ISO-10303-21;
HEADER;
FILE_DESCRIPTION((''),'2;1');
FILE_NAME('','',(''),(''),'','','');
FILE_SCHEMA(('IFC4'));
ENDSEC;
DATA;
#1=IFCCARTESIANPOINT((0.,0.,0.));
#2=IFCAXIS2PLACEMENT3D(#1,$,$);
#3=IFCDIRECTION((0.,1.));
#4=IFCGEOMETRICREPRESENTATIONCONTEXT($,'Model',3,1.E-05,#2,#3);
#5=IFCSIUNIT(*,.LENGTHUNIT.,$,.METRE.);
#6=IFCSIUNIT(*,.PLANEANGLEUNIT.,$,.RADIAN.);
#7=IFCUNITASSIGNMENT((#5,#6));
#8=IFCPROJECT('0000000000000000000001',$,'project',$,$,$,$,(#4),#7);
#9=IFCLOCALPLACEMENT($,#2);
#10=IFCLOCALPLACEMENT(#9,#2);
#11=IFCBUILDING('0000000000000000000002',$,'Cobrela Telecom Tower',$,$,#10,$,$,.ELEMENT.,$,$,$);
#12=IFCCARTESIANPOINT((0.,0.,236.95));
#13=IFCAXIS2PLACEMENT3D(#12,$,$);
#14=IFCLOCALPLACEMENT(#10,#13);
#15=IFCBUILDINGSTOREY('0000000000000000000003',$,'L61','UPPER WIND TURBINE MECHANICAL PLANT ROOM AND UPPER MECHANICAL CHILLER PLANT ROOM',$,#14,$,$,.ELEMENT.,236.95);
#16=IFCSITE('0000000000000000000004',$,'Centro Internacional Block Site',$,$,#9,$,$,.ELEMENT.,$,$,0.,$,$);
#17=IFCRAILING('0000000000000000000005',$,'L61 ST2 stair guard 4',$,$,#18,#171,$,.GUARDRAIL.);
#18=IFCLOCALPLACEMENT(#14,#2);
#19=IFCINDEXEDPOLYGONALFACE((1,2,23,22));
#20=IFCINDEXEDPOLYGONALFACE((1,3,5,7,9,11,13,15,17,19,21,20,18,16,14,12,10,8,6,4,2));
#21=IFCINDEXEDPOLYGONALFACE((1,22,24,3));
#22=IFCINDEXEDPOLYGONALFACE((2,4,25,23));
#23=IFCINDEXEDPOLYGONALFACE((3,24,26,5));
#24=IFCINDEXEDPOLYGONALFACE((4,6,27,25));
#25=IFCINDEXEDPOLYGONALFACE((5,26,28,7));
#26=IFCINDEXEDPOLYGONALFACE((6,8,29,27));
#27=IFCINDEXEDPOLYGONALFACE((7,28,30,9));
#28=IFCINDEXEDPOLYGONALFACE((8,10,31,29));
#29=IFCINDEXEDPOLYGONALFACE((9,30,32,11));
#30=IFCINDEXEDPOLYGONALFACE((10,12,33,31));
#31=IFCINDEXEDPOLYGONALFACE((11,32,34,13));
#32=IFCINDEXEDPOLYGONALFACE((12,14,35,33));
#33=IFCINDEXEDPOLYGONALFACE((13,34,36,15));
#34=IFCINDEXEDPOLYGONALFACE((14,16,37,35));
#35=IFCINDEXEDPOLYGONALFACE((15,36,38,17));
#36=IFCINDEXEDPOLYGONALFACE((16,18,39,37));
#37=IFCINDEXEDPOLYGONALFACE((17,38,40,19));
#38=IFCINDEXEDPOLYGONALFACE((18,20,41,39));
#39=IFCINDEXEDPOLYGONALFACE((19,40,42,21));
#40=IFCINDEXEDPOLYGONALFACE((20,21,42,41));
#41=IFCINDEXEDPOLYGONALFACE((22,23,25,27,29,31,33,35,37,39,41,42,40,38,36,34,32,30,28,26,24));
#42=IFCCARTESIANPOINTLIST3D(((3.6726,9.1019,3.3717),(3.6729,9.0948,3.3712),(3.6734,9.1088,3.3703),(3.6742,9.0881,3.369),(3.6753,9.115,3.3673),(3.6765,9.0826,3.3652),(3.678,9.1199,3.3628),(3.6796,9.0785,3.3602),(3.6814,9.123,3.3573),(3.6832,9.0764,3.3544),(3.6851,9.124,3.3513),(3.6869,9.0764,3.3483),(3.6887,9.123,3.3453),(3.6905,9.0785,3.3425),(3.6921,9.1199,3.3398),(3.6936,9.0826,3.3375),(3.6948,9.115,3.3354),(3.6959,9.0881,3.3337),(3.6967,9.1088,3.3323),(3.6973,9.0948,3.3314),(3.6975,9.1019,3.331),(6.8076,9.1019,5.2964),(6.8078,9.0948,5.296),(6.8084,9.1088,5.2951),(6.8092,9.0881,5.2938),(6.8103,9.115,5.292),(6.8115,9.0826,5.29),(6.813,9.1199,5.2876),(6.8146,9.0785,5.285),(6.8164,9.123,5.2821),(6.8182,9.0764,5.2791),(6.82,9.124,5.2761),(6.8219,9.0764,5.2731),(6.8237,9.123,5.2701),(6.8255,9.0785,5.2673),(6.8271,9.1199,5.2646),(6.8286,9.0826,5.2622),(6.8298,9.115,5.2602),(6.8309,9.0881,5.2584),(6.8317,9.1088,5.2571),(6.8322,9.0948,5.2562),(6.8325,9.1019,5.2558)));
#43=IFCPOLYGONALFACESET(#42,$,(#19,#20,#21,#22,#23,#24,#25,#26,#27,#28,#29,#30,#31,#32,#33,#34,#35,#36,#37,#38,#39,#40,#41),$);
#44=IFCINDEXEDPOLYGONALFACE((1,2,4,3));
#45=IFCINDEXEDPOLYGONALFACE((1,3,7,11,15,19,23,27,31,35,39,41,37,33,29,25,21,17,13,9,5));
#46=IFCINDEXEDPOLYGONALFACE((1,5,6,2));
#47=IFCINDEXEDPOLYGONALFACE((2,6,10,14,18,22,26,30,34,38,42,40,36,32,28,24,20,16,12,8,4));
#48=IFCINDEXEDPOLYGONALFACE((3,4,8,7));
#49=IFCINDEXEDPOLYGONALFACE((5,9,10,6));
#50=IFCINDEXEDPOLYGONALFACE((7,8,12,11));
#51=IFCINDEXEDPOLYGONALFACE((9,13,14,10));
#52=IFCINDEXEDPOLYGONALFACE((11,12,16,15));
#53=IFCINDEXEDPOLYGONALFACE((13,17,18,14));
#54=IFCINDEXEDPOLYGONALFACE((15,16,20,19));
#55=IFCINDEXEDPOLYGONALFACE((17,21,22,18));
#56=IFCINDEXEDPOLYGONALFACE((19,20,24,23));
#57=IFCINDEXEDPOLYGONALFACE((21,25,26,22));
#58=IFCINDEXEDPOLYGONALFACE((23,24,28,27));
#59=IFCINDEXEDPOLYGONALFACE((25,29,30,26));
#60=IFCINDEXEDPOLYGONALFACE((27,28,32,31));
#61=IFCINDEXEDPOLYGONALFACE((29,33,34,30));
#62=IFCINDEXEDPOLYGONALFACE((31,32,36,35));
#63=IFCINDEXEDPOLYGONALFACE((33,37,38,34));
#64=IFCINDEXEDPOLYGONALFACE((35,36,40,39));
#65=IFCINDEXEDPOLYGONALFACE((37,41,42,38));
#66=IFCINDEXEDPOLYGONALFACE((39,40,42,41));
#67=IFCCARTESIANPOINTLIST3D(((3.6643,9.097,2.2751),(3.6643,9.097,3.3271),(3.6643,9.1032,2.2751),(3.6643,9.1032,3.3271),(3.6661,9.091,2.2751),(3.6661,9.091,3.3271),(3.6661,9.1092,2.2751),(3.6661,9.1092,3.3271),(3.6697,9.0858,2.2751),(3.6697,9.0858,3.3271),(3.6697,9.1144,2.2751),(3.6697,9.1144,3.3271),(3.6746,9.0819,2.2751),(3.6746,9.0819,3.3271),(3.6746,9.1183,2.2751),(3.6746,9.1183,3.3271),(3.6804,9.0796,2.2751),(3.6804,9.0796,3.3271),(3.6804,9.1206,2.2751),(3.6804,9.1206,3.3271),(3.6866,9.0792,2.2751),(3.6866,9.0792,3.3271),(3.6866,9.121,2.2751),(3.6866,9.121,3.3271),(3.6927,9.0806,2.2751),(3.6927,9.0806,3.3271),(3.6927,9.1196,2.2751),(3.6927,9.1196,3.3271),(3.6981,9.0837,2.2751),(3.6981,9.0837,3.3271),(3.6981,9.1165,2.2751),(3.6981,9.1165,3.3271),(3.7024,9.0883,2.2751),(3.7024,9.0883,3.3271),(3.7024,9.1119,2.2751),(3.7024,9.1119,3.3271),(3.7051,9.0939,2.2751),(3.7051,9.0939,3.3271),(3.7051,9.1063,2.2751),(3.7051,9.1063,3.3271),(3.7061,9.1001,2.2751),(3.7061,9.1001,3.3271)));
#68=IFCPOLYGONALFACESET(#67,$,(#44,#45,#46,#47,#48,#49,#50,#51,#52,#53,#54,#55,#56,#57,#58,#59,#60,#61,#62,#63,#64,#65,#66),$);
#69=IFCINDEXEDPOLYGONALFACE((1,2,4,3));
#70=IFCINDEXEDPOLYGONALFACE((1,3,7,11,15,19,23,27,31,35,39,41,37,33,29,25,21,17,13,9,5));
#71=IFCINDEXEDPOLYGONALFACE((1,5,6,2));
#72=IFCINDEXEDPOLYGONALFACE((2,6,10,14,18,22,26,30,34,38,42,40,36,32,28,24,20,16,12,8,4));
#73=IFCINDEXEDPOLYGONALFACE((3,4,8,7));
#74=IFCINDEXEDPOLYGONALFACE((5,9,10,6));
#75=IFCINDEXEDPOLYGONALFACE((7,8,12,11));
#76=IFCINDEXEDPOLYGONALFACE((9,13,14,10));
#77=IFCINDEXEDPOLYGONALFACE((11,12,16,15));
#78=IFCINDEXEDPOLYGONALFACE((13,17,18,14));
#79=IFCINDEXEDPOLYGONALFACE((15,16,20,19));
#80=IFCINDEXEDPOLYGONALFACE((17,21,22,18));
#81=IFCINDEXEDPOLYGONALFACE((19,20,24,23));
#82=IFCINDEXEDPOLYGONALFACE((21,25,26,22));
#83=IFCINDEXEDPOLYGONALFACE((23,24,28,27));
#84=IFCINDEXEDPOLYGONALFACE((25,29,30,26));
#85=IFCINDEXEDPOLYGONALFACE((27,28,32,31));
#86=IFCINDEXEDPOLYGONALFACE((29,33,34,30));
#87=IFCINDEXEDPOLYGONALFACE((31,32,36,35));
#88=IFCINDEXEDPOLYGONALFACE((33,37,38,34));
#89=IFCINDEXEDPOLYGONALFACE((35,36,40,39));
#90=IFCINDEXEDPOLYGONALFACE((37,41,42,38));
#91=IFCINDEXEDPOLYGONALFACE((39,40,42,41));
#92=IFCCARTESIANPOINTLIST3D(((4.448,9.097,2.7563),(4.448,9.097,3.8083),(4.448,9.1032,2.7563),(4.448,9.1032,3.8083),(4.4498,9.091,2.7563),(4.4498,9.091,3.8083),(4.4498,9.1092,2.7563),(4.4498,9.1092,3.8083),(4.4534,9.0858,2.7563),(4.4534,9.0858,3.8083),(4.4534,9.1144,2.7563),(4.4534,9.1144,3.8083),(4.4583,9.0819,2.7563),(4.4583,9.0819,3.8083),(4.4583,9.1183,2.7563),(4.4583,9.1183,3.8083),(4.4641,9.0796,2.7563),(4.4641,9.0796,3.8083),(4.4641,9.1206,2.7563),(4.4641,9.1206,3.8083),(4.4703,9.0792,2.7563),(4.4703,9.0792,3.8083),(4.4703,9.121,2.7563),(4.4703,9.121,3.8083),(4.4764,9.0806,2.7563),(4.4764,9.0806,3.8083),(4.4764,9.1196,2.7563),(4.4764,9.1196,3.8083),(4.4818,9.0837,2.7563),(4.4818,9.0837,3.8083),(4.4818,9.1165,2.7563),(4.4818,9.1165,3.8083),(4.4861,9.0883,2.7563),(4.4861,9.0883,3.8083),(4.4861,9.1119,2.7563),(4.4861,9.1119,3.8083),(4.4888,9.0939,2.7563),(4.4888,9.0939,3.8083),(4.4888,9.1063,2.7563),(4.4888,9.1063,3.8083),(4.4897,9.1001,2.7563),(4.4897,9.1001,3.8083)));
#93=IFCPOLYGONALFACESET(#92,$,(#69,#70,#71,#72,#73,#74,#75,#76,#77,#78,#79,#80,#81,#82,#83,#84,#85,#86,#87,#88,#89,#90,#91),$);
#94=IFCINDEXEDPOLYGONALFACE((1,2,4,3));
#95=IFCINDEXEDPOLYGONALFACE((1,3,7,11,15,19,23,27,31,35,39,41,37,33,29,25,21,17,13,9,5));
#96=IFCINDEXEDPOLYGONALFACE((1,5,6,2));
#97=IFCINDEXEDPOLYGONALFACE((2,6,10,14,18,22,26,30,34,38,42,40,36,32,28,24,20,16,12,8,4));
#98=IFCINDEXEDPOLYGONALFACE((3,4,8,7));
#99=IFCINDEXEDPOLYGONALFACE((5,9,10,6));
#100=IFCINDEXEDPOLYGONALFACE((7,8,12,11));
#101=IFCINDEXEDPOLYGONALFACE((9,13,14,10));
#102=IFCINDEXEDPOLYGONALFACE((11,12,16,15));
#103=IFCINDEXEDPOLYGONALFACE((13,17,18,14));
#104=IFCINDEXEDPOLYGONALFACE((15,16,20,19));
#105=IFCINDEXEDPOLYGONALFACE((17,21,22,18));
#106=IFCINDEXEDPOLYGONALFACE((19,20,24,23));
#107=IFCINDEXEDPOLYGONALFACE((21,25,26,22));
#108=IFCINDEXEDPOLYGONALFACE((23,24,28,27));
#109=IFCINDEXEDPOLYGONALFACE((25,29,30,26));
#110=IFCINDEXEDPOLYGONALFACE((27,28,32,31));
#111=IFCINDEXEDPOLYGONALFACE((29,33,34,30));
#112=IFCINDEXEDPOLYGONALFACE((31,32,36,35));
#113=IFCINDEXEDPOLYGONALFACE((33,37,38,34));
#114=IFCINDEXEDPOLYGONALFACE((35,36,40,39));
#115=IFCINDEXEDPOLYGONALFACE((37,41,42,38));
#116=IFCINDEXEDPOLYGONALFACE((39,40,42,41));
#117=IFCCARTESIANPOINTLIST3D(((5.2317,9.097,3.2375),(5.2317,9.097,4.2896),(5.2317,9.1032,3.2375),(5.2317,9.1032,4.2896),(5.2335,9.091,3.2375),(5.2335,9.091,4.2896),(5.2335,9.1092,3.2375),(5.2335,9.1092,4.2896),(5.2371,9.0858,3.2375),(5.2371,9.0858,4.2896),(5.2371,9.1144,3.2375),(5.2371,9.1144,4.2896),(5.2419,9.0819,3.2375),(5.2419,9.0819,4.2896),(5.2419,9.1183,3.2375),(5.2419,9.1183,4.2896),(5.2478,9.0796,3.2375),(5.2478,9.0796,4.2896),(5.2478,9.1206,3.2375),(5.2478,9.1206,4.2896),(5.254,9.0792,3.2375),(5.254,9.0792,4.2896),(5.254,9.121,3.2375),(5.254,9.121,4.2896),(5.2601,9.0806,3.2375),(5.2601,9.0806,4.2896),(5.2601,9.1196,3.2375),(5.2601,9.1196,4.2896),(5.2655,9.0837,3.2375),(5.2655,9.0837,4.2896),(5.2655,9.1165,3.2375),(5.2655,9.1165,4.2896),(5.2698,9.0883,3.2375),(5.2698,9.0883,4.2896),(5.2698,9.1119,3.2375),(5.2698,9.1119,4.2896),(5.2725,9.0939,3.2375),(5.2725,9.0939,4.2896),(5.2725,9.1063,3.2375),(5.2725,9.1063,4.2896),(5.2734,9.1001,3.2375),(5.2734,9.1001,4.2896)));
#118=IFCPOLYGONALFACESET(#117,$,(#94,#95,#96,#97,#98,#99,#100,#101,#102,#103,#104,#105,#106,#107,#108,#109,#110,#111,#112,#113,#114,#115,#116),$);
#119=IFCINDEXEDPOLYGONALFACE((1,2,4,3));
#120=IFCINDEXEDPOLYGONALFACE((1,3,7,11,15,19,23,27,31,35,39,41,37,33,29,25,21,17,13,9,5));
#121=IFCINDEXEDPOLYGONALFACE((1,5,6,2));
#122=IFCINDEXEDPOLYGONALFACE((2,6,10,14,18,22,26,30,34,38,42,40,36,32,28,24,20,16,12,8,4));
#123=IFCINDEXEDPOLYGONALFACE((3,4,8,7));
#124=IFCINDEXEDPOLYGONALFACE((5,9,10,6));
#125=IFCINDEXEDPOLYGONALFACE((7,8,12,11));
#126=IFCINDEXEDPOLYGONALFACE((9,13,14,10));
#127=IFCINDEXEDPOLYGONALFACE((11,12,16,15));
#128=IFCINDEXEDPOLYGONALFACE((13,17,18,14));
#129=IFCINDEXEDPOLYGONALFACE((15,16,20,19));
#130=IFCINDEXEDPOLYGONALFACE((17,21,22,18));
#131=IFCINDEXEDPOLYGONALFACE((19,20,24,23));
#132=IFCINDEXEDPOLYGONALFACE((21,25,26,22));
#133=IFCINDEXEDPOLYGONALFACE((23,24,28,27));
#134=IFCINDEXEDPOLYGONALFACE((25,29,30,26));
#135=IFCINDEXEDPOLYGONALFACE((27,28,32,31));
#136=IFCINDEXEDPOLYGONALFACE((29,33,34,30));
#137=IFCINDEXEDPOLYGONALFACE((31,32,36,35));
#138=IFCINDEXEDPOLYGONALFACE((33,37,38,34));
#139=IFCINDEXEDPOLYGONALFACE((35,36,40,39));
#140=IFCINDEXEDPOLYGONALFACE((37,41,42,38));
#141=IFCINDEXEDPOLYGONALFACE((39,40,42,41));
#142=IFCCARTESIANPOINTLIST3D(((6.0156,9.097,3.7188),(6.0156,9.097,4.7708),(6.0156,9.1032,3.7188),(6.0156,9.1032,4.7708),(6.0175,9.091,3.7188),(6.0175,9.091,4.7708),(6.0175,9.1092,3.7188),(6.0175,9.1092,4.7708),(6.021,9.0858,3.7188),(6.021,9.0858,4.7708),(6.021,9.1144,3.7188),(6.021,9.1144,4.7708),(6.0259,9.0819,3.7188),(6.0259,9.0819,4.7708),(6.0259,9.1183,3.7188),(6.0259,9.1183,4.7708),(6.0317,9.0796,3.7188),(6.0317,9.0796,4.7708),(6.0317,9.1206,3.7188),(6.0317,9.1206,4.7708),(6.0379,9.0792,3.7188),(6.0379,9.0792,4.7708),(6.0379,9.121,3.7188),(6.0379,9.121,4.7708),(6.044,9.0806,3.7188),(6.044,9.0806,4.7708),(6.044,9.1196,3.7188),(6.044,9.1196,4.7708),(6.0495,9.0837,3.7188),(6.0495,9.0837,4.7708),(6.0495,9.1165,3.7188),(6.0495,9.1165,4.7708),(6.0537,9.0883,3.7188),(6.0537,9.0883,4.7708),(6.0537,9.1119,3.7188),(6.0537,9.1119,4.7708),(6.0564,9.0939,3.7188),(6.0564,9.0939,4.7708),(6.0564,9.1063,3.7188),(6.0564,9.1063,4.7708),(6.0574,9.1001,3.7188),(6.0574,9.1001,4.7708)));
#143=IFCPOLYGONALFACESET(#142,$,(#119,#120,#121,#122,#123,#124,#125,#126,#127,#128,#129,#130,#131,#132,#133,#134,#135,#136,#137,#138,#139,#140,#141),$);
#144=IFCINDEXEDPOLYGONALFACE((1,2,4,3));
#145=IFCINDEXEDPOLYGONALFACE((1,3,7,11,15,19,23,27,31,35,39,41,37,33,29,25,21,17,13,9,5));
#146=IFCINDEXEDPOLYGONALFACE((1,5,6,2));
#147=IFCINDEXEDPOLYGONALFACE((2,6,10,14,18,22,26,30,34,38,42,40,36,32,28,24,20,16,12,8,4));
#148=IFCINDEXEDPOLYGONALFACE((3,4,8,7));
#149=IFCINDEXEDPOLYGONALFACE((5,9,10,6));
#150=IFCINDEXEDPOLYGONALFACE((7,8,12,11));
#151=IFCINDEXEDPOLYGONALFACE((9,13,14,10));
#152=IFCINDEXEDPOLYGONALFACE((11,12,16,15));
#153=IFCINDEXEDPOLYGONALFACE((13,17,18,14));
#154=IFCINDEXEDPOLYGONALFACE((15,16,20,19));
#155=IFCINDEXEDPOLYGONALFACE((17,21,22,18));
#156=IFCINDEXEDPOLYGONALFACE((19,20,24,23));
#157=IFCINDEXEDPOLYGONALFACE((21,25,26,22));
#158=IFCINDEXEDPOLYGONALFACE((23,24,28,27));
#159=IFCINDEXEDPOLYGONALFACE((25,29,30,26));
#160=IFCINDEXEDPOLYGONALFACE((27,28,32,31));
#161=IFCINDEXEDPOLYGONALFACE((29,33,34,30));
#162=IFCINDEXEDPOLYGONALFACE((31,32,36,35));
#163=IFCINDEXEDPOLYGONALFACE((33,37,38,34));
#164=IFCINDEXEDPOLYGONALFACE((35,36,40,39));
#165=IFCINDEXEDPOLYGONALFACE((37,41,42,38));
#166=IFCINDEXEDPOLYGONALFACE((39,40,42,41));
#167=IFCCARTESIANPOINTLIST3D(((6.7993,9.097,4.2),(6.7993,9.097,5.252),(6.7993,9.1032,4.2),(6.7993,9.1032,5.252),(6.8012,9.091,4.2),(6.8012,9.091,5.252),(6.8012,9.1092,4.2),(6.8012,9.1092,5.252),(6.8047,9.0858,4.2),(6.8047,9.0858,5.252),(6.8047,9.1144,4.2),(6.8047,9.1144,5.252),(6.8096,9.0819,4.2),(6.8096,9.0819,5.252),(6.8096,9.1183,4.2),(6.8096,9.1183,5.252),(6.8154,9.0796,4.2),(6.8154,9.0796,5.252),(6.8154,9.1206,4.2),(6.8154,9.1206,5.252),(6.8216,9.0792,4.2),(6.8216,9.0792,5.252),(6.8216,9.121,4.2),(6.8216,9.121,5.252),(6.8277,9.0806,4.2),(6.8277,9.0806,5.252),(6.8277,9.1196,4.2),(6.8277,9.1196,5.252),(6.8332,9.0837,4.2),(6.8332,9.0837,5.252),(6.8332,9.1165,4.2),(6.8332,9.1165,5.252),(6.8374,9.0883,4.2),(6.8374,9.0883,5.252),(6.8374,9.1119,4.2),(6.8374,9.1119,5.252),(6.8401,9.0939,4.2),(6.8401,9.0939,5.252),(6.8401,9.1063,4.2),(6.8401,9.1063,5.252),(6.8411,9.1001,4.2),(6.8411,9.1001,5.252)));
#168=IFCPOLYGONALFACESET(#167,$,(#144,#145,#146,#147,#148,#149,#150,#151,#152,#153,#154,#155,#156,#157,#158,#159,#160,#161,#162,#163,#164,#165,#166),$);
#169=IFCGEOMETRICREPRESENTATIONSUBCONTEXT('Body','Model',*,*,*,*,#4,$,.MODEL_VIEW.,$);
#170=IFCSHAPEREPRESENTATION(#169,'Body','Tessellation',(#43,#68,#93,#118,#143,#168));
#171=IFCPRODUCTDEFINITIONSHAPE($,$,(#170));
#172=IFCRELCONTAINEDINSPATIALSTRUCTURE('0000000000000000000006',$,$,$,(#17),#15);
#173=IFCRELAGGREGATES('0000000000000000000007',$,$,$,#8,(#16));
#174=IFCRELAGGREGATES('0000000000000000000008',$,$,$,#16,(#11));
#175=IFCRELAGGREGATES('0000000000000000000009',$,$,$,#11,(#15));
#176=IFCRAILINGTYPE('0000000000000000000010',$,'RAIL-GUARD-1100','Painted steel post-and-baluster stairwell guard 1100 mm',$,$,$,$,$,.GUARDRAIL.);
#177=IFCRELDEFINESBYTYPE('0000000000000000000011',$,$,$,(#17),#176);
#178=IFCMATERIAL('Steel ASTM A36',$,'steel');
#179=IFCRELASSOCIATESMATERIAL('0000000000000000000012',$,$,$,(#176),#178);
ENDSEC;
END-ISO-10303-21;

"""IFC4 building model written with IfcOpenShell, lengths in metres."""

from ifc_helpers import new_model, si_unit, direction, frame, origin, origin_2d, place, context, subcontext, project, spatial, circle, extrude, material, type_object, element, save


model = new_model("IFC4")

# Units and contexts
model_context = context("Model", 3, precision=1e-05, world=origin(), true_north=direction((0.0, 1.0)))
body_context = subcontext(model_context, "Body", "Model", "MODEL_VIEW")
ifc_project = project(units=[si_unit("LENGTHUNIT", "METRE"), si_unit("PLANEANGLEUNIT", "RADIAN")], contexts=[model_context])

# Site, building, storey
site_placement = place(None, origin())
site = spatial("IfcSite", under=ifc_project, at=site_placement, Name="Centro Internacional Block Site", CompositionType="ELEMENT", RefElevation=0.0)
building_placement = place(site_placement, origin())
building = spatial("IfcBuilding", under=site, at=building_placement, Name="Cobrela Telecom Tower", CompositionType="ELEMENT")
storey_placement = place(building_placement, frame((0.0, 0.0, 236.95)))
storey = spatial("IfcBuildingStorey", under=building, at=storey_placement, Name="L61", Description="UPPER WIND TURBINE MECHANICAL PLANT ROOM AND UPPER MECHANICAL CHILLER PLANT ROOM", CompositionType="ELEMENT", Elevation=236.95)

# Shared definitions
ifc_material_1 = material(Name="Steel ASTM A36", Category="steel")

# Railing
railing_type_1 = type_object("IfcRailingType", Name="RAIL-GUARD-1100", Description="Painted steel post-and-baluster stairwell guard 1100 mm", PredefinedType="GUARDRAIL", material=ifc_material_1)
railing_1_placement = place(storey_placement, frame((3.6851, 9.1001, 2.2751)))
element("IfcRailing", 1, at=railing_1_placement, inside=storey, type_object=railing_type_1, Name="L61 ST2 stair guard 4", PredefinedType="GUARDRAIL", context=body_context, shape_type="SweptSolid", body=[
    extrude(circle(Radius=0.0239, at=origin_2d()), frame((0.0, 0.0, 1.0762), z_axis=(0.852196, 0.0, 0.523223), x_axis=(0.0, 1.0, 0.0)), (0.0, 0.0, 1.0), 3.6787),
    extrude(circle(Radius=0.021, at=origin_2d()), origin(), (0.0, 0.0, 1.0), 1.052),
    extrude(circle(Radius=0.021, at=origin_2d()), frame((0.7837, 0.0, 0.4812)), (0.0, 0.0, 1.0), 1.052),
    extrude(circle(Radius=0.021, at=origin_2d()), frame((1.5674, 0.0, 0.9624)), (0.0, 0.0, 1.0), 1.052),
    extrude(circle(Radius=0.021, at=origin_2d()), frame((2.3513, 0.0, 1.4436)), (0.0, 0.0, 1.0), 1.052),
    extrude(circle(Radius=0.021, at=origin_2d()), frame((3.135, 0.0, 1.9248)), (0.0, 0.0, 1.0), 1.052),
])

save(model, "model.ifc")
